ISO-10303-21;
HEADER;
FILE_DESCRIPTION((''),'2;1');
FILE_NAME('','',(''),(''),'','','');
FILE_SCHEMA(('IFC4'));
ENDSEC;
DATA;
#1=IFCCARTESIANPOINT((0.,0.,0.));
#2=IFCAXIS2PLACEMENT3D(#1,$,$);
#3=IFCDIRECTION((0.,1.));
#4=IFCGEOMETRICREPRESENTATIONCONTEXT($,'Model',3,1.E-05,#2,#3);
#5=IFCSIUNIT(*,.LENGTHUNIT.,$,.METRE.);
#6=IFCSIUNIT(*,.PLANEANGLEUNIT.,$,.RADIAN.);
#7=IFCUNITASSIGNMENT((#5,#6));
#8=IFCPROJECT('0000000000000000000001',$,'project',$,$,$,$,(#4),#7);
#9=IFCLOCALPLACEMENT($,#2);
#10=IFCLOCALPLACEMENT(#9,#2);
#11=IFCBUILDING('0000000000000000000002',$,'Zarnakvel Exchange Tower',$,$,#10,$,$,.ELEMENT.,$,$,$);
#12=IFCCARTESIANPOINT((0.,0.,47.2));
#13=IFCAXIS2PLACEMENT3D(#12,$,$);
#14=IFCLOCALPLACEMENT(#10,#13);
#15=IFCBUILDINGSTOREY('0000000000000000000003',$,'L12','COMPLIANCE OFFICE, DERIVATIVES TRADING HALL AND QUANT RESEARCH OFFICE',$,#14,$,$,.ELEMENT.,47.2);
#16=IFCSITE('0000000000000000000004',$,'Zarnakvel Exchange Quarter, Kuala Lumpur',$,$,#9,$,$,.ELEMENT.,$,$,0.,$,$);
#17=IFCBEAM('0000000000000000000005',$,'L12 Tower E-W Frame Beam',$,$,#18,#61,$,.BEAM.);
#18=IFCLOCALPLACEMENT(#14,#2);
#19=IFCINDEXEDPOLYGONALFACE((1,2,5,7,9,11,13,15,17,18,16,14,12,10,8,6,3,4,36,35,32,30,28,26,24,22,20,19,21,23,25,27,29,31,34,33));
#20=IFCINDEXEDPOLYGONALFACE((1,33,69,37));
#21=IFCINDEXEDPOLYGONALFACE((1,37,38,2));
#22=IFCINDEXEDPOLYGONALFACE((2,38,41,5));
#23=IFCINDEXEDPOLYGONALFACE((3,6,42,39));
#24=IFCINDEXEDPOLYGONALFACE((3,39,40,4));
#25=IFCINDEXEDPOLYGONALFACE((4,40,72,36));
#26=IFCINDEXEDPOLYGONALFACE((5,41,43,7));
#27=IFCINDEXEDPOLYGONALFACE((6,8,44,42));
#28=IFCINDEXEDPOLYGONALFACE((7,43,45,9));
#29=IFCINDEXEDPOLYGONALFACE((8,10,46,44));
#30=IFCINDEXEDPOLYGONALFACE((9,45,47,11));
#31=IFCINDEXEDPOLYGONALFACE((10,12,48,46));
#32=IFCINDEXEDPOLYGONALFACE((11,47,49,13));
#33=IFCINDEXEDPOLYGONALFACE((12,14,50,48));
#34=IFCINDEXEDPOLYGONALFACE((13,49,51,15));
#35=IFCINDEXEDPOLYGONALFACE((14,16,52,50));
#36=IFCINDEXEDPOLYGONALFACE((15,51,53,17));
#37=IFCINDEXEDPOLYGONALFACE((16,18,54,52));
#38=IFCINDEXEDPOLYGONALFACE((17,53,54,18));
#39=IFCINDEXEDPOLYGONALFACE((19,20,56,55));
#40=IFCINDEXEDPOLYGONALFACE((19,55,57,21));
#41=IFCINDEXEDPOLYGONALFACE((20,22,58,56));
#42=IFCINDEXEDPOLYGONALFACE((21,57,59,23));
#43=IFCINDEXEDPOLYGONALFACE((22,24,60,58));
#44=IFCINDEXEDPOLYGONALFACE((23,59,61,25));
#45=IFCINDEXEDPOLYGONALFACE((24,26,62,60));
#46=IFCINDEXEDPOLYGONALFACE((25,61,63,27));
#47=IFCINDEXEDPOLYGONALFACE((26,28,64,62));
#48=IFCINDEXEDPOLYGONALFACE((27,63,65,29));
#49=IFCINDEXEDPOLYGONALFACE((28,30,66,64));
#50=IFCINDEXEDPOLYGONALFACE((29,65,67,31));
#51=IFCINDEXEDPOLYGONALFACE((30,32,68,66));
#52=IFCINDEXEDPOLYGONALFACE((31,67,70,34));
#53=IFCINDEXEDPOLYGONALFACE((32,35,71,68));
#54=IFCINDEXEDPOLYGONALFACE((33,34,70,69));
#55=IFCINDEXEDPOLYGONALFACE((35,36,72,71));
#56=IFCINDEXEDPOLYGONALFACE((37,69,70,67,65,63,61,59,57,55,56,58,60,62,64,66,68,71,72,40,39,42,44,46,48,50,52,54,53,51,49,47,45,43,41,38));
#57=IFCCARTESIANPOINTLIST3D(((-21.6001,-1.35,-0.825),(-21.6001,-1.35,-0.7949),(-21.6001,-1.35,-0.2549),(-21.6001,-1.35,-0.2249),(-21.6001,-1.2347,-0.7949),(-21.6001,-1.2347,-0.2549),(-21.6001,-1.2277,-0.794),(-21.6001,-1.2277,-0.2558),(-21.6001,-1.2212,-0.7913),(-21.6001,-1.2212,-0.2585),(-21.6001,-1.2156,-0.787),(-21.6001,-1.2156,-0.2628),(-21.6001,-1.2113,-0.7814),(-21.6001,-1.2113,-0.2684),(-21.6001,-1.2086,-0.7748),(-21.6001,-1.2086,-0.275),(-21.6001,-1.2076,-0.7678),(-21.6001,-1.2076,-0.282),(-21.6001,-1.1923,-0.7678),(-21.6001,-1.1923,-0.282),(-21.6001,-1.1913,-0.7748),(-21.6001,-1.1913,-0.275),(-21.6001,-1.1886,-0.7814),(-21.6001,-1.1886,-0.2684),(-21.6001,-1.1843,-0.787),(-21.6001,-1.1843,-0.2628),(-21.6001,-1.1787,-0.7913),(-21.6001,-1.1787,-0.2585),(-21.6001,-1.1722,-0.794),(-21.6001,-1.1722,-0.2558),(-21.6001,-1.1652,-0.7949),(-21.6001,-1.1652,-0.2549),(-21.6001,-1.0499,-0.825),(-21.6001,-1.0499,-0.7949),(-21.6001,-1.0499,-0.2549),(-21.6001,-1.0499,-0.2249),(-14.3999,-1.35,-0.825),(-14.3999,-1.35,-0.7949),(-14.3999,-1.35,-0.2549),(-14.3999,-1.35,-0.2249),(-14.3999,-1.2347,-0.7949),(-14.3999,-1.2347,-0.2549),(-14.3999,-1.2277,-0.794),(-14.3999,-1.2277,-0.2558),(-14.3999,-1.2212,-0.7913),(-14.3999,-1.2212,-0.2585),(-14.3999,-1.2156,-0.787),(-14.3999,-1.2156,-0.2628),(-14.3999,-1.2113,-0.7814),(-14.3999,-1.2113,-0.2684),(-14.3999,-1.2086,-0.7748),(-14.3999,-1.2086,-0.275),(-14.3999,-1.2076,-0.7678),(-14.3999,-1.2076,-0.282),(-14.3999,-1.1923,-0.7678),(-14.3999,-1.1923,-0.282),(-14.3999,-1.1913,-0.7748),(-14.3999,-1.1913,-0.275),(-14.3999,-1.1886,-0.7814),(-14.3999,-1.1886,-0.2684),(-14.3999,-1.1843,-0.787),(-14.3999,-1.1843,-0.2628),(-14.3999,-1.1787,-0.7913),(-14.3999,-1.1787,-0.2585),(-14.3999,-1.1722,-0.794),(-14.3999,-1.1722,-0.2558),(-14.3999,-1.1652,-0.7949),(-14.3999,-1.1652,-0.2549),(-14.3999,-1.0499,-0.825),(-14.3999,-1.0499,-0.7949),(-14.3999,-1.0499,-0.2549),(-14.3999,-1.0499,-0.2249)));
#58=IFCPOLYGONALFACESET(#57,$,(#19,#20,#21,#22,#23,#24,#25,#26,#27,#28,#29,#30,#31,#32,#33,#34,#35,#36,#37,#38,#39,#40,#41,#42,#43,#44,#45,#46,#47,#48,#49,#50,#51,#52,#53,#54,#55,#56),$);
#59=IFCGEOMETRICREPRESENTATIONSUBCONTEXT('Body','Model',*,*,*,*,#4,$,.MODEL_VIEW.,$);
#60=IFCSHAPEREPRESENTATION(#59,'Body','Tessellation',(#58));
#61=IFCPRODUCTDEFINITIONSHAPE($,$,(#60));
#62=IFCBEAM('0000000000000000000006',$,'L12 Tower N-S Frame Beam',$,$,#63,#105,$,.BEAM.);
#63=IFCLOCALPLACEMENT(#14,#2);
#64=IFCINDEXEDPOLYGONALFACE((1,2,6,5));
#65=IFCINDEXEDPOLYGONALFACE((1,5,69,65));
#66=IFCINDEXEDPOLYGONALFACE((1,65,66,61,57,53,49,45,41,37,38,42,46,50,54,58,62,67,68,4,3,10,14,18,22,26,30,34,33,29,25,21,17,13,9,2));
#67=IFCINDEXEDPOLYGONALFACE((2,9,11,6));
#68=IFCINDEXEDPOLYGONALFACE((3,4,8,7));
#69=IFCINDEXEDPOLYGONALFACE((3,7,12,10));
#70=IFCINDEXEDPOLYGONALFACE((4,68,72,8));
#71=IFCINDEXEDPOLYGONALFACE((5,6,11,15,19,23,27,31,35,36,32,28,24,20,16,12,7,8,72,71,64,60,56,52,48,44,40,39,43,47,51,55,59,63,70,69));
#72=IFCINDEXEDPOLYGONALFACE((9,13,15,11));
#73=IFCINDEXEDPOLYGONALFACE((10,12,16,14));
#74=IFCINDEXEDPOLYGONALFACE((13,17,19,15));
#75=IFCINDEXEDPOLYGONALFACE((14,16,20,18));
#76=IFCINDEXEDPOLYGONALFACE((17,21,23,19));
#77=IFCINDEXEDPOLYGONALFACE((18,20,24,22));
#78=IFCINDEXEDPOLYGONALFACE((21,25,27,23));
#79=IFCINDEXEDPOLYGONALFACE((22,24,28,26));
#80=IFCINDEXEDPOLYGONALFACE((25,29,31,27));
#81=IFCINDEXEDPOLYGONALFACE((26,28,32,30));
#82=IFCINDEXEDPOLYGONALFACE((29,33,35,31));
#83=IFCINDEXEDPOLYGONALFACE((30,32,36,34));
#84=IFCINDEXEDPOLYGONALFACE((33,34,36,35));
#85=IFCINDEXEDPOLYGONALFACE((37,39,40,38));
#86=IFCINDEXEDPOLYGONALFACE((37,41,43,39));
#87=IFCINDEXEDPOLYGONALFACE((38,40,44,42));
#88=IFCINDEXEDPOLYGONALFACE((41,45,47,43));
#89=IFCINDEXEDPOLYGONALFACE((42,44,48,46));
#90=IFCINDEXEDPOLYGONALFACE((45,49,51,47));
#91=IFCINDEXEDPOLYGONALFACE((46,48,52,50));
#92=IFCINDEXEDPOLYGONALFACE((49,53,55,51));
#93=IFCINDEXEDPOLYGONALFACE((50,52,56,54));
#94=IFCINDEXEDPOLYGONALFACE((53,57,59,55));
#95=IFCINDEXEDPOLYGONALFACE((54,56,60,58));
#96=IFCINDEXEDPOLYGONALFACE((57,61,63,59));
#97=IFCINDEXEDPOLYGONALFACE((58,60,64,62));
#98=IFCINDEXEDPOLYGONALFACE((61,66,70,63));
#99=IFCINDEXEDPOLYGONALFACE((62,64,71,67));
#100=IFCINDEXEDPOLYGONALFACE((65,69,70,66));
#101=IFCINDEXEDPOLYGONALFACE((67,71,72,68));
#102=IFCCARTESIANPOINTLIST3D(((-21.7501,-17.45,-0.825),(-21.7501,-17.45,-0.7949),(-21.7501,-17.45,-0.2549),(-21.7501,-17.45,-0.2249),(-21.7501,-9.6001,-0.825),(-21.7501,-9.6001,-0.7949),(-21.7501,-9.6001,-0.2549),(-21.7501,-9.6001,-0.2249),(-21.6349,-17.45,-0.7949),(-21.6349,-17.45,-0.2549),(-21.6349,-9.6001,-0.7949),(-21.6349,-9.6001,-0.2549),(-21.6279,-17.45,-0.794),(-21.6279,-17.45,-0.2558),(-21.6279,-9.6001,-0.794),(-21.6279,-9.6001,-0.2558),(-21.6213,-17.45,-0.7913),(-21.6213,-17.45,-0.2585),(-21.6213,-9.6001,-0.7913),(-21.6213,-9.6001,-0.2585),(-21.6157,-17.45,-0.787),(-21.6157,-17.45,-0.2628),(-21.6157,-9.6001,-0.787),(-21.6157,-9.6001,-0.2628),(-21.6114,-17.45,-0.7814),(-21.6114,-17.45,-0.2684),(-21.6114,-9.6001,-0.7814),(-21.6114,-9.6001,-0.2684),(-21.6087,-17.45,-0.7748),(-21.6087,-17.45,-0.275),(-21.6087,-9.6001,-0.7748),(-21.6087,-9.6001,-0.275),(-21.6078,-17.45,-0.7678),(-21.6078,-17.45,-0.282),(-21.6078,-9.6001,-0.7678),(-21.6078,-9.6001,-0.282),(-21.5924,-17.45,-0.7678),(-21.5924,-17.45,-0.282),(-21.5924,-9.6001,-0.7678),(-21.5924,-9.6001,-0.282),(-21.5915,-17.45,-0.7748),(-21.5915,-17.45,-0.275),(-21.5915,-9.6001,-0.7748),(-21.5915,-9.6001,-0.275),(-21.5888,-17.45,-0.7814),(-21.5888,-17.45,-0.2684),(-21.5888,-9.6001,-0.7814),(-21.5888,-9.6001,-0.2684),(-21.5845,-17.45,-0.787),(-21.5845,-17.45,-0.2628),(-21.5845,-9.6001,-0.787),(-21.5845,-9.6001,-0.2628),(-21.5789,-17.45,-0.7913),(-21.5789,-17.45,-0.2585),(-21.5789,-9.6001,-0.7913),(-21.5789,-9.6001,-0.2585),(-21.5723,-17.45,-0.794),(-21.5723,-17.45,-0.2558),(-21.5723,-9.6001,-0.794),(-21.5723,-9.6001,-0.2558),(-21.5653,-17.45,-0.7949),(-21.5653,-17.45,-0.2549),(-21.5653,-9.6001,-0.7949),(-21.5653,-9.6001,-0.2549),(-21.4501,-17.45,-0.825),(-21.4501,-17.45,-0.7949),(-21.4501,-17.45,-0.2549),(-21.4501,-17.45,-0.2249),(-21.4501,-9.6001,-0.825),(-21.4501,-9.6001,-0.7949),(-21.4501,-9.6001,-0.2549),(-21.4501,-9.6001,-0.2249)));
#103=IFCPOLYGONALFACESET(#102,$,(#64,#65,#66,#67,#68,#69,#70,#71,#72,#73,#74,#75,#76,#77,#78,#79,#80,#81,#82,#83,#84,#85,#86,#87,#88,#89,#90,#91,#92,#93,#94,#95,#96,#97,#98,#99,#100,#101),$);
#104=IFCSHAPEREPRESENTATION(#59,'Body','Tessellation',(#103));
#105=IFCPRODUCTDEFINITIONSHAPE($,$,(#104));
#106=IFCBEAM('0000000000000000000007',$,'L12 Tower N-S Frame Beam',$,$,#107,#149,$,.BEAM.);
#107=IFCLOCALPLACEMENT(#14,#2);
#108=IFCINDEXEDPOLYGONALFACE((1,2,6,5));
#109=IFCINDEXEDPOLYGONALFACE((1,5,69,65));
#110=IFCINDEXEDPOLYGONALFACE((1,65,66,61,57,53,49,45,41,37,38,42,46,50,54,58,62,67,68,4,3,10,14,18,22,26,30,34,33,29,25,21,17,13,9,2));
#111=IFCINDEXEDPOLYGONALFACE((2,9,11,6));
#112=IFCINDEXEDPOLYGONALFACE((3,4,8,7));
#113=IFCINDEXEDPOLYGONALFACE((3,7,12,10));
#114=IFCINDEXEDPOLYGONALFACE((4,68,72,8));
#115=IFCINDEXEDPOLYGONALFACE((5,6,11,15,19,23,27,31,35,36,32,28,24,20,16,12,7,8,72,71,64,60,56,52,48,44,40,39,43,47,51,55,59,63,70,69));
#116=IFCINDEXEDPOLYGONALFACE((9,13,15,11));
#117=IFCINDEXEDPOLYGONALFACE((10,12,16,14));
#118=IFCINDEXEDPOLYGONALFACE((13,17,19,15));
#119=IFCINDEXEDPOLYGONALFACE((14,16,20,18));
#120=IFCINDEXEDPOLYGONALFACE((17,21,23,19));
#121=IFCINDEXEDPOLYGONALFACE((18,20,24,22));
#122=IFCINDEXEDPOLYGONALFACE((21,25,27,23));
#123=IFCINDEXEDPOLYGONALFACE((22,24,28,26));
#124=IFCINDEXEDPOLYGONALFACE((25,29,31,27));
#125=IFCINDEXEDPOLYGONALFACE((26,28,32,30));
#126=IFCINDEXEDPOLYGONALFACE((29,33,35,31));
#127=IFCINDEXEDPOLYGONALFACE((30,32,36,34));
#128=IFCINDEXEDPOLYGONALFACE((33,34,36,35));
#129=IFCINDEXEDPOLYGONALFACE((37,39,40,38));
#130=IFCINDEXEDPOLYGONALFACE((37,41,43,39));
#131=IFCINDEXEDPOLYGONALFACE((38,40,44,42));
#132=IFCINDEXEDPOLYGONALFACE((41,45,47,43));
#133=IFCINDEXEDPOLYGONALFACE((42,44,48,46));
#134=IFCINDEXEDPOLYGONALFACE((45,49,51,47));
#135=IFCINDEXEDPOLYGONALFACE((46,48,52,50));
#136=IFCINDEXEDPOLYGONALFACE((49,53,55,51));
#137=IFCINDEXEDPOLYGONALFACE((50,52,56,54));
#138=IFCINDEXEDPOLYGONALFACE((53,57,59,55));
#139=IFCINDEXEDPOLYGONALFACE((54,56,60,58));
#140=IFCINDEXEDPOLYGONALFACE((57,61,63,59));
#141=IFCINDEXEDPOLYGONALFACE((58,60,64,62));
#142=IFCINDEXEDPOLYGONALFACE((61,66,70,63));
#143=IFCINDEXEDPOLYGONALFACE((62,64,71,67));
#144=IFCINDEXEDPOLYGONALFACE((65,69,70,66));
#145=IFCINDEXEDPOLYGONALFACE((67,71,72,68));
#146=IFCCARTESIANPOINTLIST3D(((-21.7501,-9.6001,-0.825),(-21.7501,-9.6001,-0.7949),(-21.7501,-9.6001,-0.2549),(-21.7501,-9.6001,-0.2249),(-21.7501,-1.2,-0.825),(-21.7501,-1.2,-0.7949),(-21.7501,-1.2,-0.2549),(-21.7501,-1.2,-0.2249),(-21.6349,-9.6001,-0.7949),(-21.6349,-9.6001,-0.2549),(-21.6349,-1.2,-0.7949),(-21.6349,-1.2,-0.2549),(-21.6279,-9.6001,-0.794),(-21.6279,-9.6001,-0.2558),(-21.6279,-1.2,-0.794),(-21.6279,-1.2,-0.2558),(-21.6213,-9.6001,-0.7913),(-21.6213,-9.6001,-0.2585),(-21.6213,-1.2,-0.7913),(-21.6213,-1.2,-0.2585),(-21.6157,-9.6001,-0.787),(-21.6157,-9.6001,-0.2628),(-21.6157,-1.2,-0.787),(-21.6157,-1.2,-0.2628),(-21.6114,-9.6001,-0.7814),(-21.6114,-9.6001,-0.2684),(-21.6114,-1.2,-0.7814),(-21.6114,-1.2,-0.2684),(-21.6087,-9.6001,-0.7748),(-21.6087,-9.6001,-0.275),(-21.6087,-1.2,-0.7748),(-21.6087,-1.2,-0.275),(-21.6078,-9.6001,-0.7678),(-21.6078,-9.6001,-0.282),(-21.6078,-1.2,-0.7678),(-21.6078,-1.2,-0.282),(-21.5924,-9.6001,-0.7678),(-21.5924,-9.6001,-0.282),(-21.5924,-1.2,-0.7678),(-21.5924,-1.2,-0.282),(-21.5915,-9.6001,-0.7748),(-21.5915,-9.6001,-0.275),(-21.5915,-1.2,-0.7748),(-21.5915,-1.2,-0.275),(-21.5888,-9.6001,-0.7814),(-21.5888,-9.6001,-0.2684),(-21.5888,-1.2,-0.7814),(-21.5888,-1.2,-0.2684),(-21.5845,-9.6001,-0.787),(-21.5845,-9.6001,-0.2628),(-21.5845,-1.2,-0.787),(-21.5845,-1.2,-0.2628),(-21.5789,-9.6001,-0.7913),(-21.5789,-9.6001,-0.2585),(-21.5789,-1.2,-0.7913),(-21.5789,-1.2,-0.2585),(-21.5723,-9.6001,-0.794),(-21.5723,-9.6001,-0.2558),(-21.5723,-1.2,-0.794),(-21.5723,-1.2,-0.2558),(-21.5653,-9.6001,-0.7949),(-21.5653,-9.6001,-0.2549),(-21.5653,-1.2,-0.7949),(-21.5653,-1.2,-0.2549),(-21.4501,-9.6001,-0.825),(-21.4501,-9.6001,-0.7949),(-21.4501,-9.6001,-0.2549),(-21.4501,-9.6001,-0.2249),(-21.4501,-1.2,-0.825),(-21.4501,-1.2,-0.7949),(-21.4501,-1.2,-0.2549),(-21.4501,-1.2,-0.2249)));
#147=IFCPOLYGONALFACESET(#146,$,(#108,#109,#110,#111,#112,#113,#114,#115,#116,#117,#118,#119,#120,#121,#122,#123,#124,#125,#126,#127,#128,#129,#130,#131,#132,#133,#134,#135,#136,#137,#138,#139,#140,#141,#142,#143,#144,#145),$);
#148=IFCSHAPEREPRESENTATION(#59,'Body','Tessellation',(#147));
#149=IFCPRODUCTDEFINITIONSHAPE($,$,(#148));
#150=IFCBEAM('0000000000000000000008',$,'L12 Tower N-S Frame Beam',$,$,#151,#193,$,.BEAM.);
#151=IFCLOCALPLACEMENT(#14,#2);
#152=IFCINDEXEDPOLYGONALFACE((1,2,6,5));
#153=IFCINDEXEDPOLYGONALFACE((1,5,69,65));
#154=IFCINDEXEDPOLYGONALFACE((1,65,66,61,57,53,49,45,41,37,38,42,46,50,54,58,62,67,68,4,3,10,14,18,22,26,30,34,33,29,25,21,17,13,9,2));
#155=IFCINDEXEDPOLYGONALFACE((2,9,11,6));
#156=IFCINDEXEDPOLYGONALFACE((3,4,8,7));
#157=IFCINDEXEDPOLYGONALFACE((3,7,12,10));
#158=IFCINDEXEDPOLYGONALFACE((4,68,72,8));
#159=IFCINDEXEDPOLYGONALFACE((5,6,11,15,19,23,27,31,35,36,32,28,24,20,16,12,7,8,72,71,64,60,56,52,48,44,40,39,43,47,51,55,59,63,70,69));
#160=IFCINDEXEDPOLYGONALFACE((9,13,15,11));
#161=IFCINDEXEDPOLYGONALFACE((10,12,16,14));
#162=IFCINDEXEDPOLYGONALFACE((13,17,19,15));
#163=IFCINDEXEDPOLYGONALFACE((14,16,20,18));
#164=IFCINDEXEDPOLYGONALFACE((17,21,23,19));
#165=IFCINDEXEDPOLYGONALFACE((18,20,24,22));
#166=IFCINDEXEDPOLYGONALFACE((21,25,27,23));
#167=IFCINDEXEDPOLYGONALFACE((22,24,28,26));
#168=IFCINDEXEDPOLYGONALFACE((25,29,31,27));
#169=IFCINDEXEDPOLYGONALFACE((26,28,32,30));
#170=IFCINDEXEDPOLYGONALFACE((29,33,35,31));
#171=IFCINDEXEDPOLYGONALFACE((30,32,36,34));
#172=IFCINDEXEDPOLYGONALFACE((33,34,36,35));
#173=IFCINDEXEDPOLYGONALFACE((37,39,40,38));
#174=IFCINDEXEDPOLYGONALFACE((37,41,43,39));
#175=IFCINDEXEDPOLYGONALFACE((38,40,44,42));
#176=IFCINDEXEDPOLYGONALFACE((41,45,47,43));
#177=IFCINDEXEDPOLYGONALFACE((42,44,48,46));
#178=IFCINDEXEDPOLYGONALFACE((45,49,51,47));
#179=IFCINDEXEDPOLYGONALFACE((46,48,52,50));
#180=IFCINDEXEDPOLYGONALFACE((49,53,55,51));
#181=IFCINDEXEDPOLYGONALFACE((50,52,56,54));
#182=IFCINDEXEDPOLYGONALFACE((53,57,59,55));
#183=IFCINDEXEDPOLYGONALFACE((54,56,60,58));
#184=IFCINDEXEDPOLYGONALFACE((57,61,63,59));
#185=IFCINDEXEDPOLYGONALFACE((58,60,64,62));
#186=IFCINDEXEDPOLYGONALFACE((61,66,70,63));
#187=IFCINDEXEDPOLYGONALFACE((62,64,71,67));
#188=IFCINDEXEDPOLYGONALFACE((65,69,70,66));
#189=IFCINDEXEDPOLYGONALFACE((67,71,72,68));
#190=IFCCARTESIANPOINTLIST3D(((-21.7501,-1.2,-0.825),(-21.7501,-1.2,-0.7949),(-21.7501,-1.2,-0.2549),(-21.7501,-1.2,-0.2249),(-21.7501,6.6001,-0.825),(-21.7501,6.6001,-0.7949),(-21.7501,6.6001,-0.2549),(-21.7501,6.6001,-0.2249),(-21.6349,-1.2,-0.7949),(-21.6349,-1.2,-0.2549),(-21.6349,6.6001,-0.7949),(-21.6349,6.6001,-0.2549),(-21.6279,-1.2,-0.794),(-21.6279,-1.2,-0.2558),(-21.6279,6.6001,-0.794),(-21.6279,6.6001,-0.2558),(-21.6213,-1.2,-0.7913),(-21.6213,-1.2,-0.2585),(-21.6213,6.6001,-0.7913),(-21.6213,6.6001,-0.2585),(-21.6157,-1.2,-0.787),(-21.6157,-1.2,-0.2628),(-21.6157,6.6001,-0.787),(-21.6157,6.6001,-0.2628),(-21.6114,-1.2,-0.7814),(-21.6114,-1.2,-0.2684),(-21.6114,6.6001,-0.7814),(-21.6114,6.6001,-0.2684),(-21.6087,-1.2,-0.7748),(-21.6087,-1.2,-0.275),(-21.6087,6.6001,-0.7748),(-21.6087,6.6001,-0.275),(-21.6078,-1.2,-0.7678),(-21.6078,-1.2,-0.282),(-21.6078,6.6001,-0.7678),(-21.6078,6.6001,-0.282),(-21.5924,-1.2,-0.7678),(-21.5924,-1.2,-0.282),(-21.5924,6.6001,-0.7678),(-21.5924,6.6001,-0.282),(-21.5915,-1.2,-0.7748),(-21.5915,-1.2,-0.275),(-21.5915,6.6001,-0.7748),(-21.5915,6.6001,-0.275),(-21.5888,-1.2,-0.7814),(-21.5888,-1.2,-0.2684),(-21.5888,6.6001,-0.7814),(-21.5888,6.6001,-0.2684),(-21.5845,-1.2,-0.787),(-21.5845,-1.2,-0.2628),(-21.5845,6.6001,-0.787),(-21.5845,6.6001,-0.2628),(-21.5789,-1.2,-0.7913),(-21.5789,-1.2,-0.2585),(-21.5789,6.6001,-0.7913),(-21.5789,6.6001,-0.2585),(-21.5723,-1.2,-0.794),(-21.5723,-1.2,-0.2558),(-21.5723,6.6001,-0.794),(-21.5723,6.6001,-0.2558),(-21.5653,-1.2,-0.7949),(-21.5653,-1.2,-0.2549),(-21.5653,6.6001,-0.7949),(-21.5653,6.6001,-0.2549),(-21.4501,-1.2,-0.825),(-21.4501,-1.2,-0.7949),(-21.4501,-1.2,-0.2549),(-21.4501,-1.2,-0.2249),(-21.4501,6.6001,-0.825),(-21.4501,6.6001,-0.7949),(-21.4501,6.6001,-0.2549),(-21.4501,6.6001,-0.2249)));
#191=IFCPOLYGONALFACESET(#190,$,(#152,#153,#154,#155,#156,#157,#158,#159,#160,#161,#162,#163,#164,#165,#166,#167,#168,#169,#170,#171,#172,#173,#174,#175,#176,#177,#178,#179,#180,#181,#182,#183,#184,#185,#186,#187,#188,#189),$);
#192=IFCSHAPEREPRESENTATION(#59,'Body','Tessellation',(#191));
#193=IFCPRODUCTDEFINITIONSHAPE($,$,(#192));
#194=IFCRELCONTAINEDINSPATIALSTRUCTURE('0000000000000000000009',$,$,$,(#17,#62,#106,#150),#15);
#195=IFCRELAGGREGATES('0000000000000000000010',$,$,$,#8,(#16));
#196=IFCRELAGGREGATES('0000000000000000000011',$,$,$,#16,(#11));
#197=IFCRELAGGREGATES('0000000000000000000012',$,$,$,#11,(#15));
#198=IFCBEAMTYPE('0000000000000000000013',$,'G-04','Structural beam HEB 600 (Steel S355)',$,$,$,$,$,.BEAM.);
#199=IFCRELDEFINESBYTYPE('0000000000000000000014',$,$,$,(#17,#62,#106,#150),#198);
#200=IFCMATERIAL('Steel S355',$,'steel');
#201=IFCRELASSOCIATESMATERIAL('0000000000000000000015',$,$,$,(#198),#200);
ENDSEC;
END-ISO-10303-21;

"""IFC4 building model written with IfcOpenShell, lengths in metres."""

from ifc_helpers import new_model, si_unit, direction, frame, origin, origin_2d, place, context, subcontext, project, spatial, i_section, extrude, material, material_profile, profile_set, type_object, element, save


model = new_model("IFC4")

# Units and contexts
model_context = context("Model", 3, precision=1e-05, world=origin(), true_north=direction((0.0, 1.0)))
body_context = subcontext(model_context, "Body", "Model", "MODEL_VIEW")
ifc_project = project(units=[si_unit("LENGTHUNIT", "METRE"), si_unit("PLANEANGLEUNIT", "RADIAN")], contexts=[model_context])

# Site, building, storey
site_placement = place(None, origin())
site = spatial("IfcSite", under=ifc_project, at=site_placement, Name="Zarnakvel Exchange Quarter, Kuala Lumpur", CompositionType="ELEMENT", RefElevation=0.0)
building_placement = place(site_placement, origin())
building = spatial("IfcBuilding", under=site, at=building_placement, Name="Zarnakvel Exchange Tower", CompositionType="ELEMENT")
storey_placement = place(building_placement, frame((0.0, 0.0, 47.2)))
storey = spatial("IfcBuildingStorey", under=building, at=storey_placement, Name="L12", Description="COMPLIANCE OFFICE, DERIVATIVES TRADING HALL AND QUANT RESEARCH OFFICE", CompositionType="ELEMENT", Elevation=47.2)

# Beams
ifc_material_1 = material(Name="Steel S355", Category="steel")
ifc_material_profile_1 = material_profile(ifc_material_1, i_section(OverallWidth=0.3, OverallDepth=0.6001, WebThickness=0.0154, FlangeThickness=0.03, FilletRadius=0.0271, at=origin_2d()))
ifc_profile_set_1 = profile_set([ifc_material_profile_1], Name="Steel S355")
beam_type_1 = type_object("IfcBeamType", Name="G-04", Description="Structural beam HEB 600 (Steel S355)", PredefinedType="BEAM", material=ifc_profile_set_1)
beam_1_placement = place(storey_placement, frame((-21.6001, -1.2, -0.5249), z_axis=(1.0, 0.0, 0.0), x_axis=(0.0, 1.0, 0.0)))
element("IfcBeam", 1, at=beam_1_placement, inside=storey, type_object=beam_type_1, Name="L12 Tower E-W Frame Beam", PredefinedType="BEAM", context=body_context, shape_type="SweptSolid", body=[
    extrude(i_section(OverallWidth=0.3, OverallDepth=0.6001, WebThickness=0.0154, FlangeThickness=0.03, FilletRadius=0.0271, at=origin_2d()), origin(), (0.0, 0.0, 1.0), 7.2002),
])
beam_2_placement = place(storey_placement, frame((-21.6001, -17.45, -0.5249), z_axis=(0.0, 1.0, 0.0), x_axis=(-1.0, 0.0, 0.0)))
element("IfcBeam", 2, at=beam_2_placement, inside=storey, type_object=beam_type_1, Name="L12 Tower N-S Frame Beam", PredefinedType="BEAM", context=body_context, shape_type="SweptSolid", body=[
    extrude(i_section(OverallWidth=0.3, OverallDepth=0.6001, WebThickness=0.0154, FlangeThickness=0.03, FilletRadius=0.0271, at=origin_2d()), origin(), (0.0, 0.0, 1.0), 7.8499),
])
beam_3_placement = place(storey_placement, frame((-21.6001, -9.6001, -0.5249), z_axis=(0.0, 1.0, 0.0), x_axis=(-1.0, 0.0, 0.0)))
element("IfcBeam", 3, at=beam_3_placement, inside=storey, type_object=beam_type_1, Name="L12 Tower N-S Frame Beam", PredefinedType="BEAM", context=body_context, shape_type="SweptSolid", body=[
    extrude(i_section(OverallWidth=0.3, OverallDepth=0.6001, WebThickness=0.0154, FlangeThickness=0.03, FilletRadius=0.0271, at=origin_2d()), origin(), (0.0, 0.0, 1.0), 8.4001),
])
beam_4_placement = place(storey_placement, frame((-21.6001, -1.2, -0.5249), z_axis=(0.0, 1.0, 0.0), x_axis=(-1.0, 0.0, 0.0)))
element("IfcBeam", 4, at=beam_4_placement, inside=storey, type_object=beam_type_1, Name="L12 Tower N-S Frame Beam", PredefinedType="BEAM", context=body_context, shape_type="SweptSolid", body=[
    extrude(i_section(OverallWidth=0.3, OverallDepth=0.6001, WebThickness=0.0154, FlangeThickness=0.03, FilletRadius=0.0271, at=origin_2d()), origin(), (0.0, 0.0, 1.0), 7.8),
])

save(model, "model.ifc")
